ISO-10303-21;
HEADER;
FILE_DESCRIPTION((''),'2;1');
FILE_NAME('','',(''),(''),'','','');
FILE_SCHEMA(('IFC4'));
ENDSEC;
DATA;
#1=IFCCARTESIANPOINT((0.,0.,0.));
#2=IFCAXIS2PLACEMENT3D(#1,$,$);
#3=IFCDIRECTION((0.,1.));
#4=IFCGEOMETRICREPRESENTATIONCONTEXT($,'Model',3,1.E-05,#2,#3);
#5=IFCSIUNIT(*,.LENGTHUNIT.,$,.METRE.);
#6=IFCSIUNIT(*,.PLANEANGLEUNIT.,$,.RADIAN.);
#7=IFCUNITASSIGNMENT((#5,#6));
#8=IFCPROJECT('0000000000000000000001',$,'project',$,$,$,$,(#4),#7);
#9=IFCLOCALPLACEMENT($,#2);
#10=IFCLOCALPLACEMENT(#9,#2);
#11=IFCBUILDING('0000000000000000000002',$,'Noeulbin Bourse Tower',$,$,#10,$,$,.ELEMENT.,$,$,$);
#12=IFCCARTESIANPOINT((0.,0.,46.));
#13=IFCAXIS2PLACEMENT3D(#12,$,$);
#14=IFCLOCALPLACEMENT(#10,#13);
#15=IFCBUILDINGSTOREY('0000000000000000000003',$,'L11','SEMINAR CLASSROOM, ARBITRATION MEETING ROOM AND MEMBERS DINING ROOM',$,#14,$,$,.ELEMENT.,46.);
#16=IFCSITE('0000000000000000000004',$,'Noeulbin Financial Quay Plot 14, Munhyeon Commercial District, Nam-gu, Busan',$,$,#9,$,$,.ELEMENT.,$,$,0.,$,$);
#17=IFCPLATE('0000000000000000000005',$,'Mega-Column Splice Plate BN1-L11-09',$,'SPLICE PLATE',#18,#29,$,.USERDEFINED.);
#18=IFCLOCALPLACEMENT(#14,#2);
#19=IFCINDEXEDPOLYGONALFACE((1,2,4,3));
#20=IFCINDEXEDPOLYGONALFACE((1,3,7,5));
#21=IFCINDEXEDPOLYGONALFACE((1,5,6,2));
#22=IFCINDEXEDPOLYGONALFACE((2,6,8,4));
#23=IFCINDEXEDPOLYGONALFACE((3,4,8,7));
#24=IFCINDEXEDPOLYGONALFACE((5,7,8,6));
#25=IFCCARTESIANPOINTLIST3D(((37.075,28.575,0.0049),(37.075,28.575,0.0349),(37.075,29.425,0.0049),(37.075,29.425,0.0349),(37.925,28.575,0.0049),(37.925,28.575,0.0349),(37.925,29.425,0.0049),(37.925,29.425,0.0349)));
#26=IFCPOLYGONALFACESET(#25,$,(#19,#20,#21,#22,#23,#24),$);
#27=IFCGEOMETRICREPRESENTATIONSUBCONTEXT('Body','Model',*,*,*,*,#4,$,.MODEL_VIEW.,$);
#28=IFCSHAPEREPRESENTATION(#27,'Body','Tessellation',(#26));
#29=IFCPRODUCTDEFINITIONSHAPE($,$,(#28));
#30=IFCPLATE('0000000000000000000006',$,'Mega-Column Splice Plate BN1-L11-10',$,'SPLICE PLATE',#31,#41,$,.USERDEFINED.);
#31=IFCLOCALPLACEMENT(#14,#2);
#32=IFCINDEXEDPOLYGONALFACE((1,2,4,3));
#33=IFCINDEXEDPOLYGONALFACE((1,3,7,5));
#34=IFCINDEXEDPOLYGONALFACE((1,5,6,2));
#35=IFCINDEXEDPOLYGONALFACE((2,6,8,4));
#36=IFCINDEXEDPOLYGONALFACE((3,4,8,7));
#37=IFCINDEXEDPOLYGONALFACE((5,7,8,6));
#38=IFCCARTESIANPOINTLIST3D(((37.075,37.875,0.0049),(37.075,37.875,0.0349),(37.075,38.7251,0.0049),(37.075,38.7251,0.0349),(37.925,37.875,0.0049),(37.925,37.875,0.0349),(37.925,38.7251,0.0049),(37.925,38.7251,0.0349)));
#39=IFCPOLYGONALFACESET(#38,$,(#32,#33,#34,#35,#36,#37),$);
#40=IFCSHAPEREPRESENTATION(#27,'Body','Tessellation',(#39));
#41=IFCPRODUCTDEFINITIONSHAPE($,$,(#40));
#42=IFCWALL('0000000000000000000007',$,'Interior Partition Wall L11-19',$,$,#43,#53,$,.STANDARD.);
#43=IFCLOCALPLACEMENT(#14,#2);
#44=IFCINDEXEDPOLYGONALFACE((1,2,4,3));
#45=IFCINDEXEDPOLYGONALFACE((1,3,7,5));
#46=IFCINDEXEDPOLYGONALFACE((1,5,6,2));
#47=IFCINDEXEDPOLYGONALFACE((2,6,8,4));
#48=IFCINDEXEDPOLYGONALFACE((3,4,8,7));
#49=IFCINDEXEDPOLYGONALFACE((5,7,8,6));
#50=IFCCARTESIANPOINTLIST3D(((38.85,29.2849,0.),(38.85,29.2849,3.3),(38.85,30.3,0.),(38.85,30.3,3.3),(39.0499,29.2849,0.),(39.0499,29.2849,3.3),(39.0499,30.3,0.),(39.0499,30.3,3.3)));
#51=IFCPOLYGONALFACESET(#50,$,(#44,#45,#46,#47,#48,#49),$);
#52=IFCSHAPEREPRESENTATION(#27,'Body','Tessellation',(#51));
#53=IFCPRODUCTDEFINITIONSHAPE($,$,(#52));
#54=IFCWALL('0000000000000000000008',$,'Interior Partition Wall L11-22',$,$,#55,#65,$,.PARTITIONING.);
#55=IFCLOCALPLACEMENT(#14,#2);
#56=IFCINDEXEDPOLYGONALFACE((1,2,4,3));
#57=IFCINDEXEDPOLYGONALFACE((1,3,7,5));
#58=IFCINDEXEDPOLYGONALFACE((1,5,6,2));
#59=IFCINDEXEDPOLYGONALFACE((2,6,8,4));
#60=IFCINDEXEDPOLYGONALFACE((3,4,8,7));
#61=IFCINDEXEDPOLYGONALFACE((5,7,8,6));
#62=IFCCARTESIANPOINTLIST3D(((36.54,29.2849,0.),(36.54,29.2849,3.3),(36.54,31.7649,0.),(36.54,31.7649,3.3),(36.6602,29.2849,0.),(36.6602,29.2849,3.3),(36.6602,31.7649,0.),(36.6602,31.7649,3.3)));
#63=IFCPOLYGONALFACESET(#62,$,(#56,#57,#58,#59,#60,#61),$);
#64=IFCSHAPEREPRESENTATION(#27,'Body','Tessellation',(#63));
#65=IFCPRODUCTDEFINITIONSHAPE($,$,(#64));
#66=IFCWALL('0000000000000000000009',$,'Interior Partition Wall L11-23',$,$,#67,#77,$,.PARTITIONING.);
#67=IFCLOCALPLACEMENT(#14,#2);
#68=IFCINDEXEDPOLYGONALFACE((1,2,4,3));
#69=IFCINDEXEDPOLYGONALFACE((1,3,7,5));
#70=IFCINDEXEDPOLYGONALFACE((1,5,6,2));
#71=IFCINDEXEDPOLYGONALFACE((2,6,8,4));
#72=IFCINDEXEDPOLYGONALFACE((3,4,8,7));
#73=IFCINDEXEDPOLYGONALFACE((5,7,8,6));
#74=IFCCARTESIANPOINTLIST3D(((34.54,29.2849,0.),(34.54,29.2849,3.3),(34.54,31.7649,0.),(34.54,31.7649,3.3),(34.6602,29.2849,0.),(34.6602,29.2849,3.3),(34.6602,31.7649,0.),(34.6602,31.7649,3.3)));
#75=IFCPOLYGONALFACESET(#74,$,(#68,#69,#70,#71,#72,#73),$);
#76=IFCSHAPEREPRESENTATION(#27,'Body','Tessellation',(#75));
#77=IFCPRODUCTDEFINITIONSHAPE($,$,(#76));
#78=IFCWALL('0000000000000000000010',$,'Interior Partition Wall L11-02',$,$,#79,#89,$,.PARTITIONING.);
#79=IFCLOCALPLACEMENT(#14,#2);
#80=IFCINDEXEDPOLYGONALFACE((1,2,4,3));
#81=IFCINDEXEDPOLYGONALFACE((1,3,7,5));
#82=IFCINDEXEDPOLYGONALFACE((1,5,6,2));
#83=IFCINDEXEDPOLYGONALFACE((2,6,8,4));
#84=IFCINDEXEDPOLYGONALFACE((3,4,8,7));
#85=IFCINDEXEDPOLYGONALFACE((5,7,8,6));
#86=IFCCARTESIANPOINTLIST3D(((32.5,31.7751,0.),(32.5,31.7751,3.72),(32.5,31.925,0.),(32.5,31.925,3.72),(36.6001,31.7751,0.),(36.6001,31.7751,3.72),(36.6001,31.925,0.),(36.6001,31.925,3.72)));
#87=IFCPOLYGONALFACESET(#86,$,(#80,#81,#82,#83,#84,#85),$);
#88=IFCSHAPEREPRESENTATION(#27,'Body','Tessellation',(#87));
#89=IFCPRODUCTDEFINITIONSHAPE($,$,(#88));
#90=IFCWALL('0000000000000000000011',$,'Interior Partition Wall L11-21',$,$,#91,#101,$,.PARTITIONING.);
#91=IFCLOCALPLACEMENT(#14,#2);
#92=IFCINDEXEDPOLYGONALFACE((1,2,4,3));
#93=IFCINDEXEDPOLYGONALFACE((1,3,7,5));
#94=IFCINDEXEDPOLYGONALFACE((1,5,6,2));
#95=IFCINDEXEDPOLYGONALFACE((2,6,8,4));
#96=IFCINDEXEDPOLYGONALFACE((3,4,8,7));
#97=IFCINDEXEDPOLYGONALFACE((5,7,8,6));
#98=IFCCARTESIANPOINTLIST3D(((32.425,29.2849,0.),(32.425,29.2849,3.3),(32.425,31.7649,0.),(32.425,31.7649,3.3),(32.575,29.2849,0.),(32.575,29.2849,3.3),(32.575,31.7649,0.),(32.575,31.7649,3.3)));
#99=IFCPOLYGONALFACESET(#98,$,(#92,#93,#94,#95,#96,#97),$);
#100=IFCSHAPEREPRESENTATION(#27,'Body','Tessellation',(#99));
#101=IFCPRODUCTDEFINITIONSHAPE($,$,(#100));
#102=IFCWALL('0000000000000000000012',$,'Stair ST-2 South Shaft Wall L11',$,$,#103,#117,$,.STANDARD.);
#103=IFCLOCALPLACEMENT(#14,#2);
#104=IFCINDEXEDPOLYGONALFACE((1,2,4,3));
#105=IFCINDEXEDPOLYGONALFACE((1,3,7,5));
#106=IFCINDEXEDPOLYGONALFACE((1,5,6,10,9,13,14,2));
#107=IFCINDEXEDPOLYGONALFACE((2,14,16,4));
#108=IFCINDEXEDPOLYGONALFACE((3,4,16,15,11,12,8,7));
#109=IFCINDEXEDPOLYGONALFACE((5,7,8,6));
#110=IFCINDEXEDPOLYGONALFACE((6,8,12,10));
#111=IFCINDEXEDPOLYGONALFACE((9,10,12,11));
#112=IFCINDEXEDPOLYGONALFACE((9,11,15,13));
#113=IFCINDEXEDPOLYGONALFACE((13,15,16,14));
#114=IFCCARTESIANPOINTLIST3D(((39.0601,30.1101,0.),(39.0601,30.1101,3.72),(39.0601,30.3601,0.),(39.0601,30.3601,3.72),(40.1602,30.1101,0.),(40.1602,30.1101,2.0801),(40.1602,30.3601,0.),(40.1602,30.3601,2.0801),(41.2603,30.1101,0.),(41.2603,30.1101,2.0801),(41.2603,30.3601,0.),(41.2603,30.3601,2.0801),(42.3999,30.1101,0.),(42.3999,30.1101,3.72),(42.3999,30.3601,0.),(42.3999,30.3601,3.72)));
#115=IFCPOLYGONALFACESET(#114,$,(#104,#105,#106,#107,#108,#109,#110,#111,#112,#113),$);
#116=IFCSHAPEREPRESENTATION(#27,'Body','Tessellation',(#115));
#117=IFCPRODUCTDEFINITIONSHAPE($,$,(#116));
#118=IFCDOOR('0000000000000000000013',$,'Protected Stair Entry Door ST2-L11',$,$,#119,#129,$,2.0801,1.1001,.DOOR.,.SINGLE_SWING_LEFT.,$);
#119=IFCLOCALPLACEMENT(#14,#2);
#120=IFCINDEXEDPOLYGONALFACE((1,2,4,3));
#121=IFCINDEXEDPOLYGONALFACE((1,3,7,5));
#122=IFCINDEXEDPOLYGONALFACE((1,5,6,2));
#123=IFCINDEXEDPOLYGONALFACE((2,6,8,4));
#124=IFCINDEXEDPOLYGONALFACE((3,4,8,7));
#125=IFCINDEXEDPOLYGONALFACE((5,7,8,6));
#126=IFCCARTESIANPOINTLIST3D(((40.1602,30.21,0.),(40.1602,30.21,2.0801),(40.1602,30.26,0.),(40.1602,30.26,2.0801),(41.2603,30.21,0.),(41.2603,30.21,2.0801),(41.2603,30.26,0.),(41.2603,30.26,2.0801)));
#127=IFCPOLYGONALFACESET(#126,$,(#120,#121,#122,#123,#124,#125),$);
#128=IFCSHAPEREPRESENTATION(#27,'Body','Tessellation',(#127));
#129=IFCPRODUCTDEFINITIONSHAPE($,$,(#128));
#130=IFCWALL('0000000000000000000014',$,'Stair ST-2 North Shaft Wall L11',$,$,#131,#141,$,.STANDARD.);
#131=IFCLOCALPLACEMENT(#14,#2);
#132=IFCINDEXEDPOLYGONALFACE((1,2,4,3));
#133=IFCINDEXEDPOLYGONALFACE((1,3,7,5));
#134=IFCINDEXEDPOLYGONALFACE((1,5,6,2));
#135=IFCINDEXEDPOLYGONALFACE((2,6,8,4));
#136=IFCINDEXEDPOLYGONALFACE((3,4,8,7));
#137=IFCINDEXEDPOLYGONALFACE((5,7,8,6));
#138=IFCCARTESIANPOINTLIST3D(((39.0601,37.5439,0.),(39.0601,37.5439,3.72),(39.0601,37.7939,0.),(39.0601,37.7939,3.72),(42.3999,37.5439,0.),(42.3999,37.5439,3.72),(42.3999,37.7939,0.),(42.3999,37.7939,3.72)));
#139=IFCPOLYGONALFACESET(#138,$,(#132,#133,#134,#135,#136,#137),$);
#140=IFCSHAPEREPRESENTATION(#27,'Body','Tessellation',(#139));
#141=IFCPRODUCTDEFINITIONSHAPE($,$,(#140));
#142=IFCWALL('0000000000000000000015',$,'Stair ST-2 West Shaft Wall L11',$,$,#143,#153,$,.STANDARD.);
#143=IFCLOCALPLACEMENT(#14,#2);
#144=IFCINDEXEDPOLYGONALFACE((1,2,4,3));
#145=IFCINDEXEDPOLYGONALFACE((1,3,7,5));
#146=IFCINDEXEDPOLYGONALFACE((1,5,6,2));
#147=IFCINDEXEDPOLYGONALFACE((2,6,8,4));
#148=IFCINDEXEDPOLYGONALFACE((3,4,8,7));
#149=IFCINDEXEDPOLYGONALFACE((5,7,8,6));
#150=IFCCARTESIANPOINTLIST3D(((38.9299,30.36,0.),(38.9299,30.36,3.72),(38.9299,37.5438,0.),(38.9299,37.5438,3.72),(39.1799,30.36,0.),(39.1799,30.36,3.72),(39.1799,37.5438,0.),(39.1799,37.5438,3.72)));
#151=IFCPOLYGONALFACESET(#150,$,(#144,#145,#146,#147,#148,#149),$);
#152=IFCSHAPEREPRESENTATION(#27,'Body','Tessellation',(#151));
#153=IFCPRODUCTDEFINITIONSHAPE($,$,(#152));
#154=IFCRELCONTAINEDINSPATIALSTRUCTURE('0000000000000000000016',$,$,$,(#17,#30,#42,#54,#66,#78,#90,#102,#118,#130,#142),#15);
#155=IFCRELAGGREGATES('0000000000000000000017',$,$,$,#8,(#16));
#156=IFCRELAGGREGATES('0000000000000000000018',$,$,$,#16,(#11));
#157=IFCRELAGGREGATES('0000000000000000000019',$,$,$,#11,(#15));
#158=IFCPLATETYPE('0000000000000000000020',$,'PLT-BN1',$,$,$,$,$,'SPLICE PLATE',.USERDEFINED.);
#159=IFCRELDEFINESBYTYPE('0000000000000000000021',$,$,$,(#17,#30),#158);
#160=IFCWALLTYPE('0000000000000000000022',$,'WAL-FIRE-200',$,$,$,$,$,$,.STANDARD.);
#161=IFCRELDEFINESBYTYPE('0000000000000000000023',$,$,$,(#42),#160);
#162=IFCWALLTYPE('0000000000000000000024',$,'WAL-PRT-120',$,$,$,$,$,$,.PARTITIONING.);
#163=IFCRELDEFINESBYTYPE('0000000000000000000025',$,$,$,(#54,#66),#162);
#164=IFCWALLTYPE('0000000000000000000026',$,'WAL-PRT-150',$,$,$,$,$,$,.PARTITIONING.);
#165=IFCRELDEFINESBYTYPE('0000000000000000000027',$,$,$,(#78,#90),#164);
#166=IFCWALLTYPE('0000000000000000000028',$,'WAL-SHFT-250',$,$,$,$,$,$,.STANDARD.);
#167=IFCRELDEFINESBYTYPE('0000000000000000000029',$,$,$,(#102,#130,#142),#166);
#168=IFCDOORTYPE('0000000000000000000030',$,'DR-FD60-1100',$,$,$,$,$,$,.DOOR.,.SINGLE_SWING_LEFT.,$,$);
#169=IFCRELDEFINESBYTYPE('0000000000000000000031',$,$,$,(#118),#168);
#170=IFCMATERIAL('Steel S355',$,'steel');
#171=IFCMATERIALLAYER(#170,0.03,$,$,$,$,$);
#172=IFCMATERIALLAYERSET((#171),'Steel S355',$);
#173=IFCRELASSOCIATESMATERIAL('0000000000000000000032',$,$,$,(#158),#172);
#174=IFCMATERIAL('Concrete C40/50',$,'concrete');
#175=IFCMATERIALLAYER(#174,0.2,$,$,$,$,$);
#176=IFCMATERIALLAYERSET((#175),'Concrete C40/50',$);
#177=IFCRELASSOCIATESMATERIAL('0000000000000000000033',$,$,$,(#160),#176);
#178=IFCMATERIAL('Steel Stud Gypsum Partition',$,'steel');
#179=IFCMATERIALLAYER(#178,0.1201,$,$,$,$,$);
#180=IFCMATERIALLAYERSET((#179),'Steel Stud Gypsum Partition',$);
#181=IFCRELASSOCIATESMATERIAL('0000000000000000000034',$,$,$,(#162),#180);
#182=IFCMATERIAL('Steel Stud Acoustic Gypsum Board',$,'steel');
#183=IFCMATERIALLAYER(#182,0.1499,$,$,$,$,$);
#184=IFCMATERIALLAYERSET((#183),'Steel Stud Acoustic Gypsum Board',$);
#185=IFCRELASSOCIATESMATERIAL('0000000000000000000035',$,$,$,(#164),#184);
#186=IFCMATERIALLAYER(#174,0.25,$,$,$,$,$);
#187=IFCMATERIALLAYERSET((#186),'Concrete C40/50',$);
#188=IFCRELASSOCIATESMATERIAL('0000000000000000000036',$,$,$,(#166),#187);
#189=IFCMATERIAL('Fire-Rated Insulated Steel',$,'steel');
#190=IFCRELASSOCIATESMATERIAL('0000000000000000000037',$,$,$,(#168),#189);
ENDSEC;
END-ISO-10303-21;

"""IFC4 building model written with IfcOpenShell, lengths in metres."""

from ifc_helpers import new_model, si_unit, direction, frame, frame_2d, origin, origin_2d, place, context, subcontext, project, spatial, rectangle, extrude, material, layer, layer_set, type_object, element, fill, save


model = new_model("IFC4")

# Units and contexts
model_context = context("Model", 3, precision=1e-05, world=origin(), true_north=direction((0.0, 1.0)))
body_context = subcontext(model_context, "Body", "Model", "MODEL_VIEW")
ifc_project = project(units=[si_unit("LENGTHUNIT", "METRE"), si_unit("PLANEANGLEUNIT", "RADIAN")], contexts=[model_context])

# Site, building, storey
site_placement = place(None, origin())
site = spatial("IfcSite", under=ifc_project, at=site_placement, Name="Noeulbin Financial Quay Plot 14, Munhyeon Commercial District, Nam-gu, Busan", CompositionType="ELEMENT", RefElevation=0.0)
building_placement = place(site_placement, origin())
building = spatial("IfcBuilding", under=site, at=building_placement, Name="Noeulbin Bourse Tower", CompositionType="ELEMENT")
storey_placement = place(building_placement, frame((0.0, 0.0, 46.0)))
storey = spatial("IfcBuildingStorey", under=building, at=storey_placement, Name="L11", Description="SEMINAR CLASSROOM, ARBITRATION MEETING ROOM AND MEMBERS DINING ROOM", CompositionType="ELEMENT", Elevation=46.0)

# Shared definitions
ifc_material_1 = material(Name="Steel S355", Category="steel")

# Plates
ifc_layer_1 = layer(ifc_material_1, 0.03)
ifc_layer_set_1 = layer_set([ifc_layer_1], Name="Steel S355")
plate_type = type_object("IfcPlateType", Name="PLT-BN1", ElementType="SPLICE PLATE", PredefinedType="USERDEFINED", material=ifc_layer_set_1)
for number, where, z_axis, x_axis, name in (
    (1, (37.5, 29.0, 0.0049), (0.0, 0.0, 1.0), (1.0, 0.0, 0.0), "Mega-Column Splice Plate BN1-L11-09"),
    (2, (37.5, 38.3, 0.0049), (0.0, 0.0, 1.0), (1.0, 0.0, 0.0), "Mega-Column Splice Plate BN1-L11-10"),
):
    element("IfcPlate", number, at=place(storey_placement, frame(where, z_axis=z_axis, x_axis=x_axis)), inside=storey, type_object=plate_type, Name=name, ObjectType="SPLICE PLATE", PredefinedType="USERDEFINED", context=body_context, shape_type="SweptSolid", body=[
        extrude(rectangle(XDim=0.8501, YDim=0.8501, at=origin_2d()), origin(), (0.0, 0.0, 1.0), 0.03),
    ])

# Walls
ifc_material_2 = material(Name="Concrete C40/50", Category="concrete")
ifc_layer_2 = layer(ifc_material_2, 0.2)
ifc_layer_set_2 = layer_set([ifc_layer_2], Name="Concrete C40/50")
wall_type_1 = type_object("IfcWallType", Name="WAL-FIRE-200", PredefinedType="STANDARD", material=ifc_layer_set_2)
wall_1_placement = place(storey_placement, frame((38.95, 29.2849, 0.0), z_axis=(0.0, 0.0, 1.0), x_axis=(0.0, 1.0, 0.0)))
element("IfcWall", 3, at=wall_1_placement, inside=storey, type_object=wall_type_1, Name="Interior Partition Wall L11-19", PredefinedType="STANDARD", context=body_context, shape_type="SweptSolid", body=[
    extrude(rectangle(XDim=1.0151, YDim=0.2, at=frame_2d((0.5076, 0.0))), origin(), (0.0, 0.0, 1.0), 3.3),
])
ifc_material_3 = material(Name="Steel Stud Gypsum Partition", Category="steel")
ifc_layer_3 = layer(ifc_material_3, 0.1201)
ifc_layer_set_3 = layer_set([ifc_layer_3], Name="Steel Stud Gypsum Partition")
wall_type_2 = type_object("IfcWallType", Name="WAL-PRT-120", PredefinedType="PARTITIONING", material=ifc_layer_set_3)
for number, where, z_axis, x_axis, name in (
    (4, (36.6001, 29.2849, 0.0), (0.0, 0.0, 1.0), (0.0, 1.0, 0.0), "Interior Partition Wall L11-22"),
    (5, (34.6001, 29.2849, 0.0), (0.0, 0.0, 1.0), (0.0, 1.0, 0.0), "Interior Partition Wall L11-23"),
):
    element("IfcWall", number, at=place(storey_placement, frame(where, z_axis=z_axis, x_axis=x_axis)), inside=storey, type_object=wall_type_2, Name=name, PredefinedType="PARTITIONING", context=body_context, shape_type="SweptSolid", body=[
        extrude(rectangle(XDim=2.48, YDim=0.1201, at=frame_2d((1.24, 0.0))), origin(), (0.0, 0.0, 1.0), 3.3),
    ])
ifc_material_4 = material(Name="Steel Stud Acoustic Gypsum Board", Category="steel")
ifc_layer_4 = layer(ifc_material_4, 0.1499)
ifc_layer_set_4 = layer_set([ifc_layer_4], Name="Steel Stud Acoustic Gypsum Board")
wall_type_3 = type_object("IfcWallType", Name="WAL-PRT-150", PredefinedType="PARTITIONING", material=ifc_layer_set_4)
wall_2_placement = place(storey_placement, frame((32.5, 31.8501, 0.0), z_axis=(0.0, 0.0, 1.0), x_axis=(1.0, 0.0, 0.0)))
element("IfcWall", 6, at=wall_2_placement, inside=storey, type_object=wall_type_3, Name="Interior Partition Wall L11-02", PredefinedType="PARTITIONING", context=body_context, shape_type="SweptSolid", body=[
    extrude(rectangle(XDim=4.1001, YDim=0.1499, at=frame_2d((2.05, 0.0))), origin(), (0.0, 0.0, 1.0), 3.72),
])
wall_3_placement = place(storey_placement, frame((32.5, 29.2849, 0.0), z_axis=(0.0, 0.0, 1.0), x_axis=(0.0, 1.0, 0.0)))
element("IfcWall", 7, at=wall_3_placement, inside=storey, type_object=wall_type_3, Name="Interior Partition Wall L11-21", PredefinedType="PARTITIONING", context=body_context, shape_type="SweptSolid", body=[
    extrude(rectangle(XDim=2.48, YDim=0.1499, at=frame_2d((1.24, 0.0))), origin(), (0.0, 0.0, 1.0), 3.3),
])

# Wall, opening, door
ifc_layer_5 = layer(ifc_material_2, 0.25)
ifc_layer_set_5 = layer_set([ifc_layer_5], Name="Concrete C40/50")
wall_type_4 = type_object("IfcWallType", Name="WAL-SHFT-250", PredefinedType="STANDARD", material=ifc_layer_set_5)
wall_4_placement = place(storey_placement, frame((39.0601, 30.2351, 0.0), z_axis=(0.0, 0.0, 1.0), x_axis=(1.0, 0.0, 0.0)))
wall_4 = element("IfcWall", 8, at=wall_4_placement, inside=storey, type_object=wall_type_4, Name="Stair ST-2 South Shaft Wall L11", PredefinedType="STANDARD", context=body_context, shape_type="SweptSolid", body=[
    extrude(rectangle(XDim=3.3398, YDim=0.25, at=frame_2d((1.6699, 0.0))), origin(), (0.0, 0.0, 1.0), 3.72),
])
opening_1_placement = place(wall_4_placement, frame((1.1001, 0.0, 0.0)))
opening_1 = element("IfcOpeningElement", 9, at=opening_1_placement, cuts=wall_4, PredefinedType="OPENING", context=body_context, shape_type="SweptSolid", body=[
    extrude(rectangle(XDim=1.1001, YDim=2.0801, at=frame_2d((0.55, 1.04))), frame((0.0, 0.135, 0.0), z_axis=(0.0, -1.0, 0.0), x_axis=(1.0, 0.0, 0.0)), (0.0, 0.0, 1.0), 0.27),
])
ifc_material_5 = material(Name="Fire-Rated Insulated Steel", Category="steel")
door_type_1 = type_object("IfcDoorType", Name="DR-FD60-1100", OperationType="SINGLE_SWING_LEFT", PredefinedType="DOOR", material=ifc_material_5)
door_1_placement = place(opening_1_placement, origin())
door_1 = element("IfcDoor", 10, at=door_1_placement, inside=storey, type_object=door_type_1, Name="Protected Stair Entry Door ST2-L11", OperationType="SINGLE_SWING_LEFT", OverallHeight=2.0801, OverallWidth=1.1001, PredefinedType="DOOR", context=body_context, shape_type="SweptSolid", body=[
    extrude(rectangle(XDim=1.1001, YDim=2.0801, at=frame_2d((0.55, 1.04))), frame((0.0, 0.0249, 0.0), z_axis=(0.0, -1.0, 0.0), x_axis=(1.0, 0.0, 0.0)), (0.0, 0.0, 1.0), 0.05),
])
fill(opening_1, door_1)

# Walls
wall_5_placement = place(storey_placement, frame((39.0601, 37.6689, 0.0), z_axis=(0.0, 0.0, 1.0), x_axis=(1.0, 0.0, 0.0)))
element("IfcWall", 11, at=wall_5_placement, inside=storey, type_object=wall_type_4, Name="Stair ST-2 North Shaft Wall L11", PredefinedType="STANDARD", context=body_context, shape_type="SweptSolid", body=[
    extrude(rectangle(XDim=3.3398, YDim=0.25, at=frame_2d((1.6699, 0.0))), origin(), (0.0, 0.0, 1.0), 3.72),
])
wall_6_placement = place(storey_placement, frame((39.0549, 30.3601, 0.0), z_axis=(0.0, 0.0, 1.0), x_axis=(0.0, 1.0, 0.0)))
element("IfcWall", 12, at=wall_6_placement, inside=storey, type_object=wall_type_4, Name="Stair ST-2 West Shaft Wall L11", PredefinedType="STANDARD", context=body_context, shape_type="SweptSolid", body=[
    extrude(rectangle(XDim=7.1838, YDim=0.25, at=frame_2d((3.5918, 0.0))), origin(), (0.0, 0.0, 1.0), 3.72),
])

save(model, "model.ifc")
